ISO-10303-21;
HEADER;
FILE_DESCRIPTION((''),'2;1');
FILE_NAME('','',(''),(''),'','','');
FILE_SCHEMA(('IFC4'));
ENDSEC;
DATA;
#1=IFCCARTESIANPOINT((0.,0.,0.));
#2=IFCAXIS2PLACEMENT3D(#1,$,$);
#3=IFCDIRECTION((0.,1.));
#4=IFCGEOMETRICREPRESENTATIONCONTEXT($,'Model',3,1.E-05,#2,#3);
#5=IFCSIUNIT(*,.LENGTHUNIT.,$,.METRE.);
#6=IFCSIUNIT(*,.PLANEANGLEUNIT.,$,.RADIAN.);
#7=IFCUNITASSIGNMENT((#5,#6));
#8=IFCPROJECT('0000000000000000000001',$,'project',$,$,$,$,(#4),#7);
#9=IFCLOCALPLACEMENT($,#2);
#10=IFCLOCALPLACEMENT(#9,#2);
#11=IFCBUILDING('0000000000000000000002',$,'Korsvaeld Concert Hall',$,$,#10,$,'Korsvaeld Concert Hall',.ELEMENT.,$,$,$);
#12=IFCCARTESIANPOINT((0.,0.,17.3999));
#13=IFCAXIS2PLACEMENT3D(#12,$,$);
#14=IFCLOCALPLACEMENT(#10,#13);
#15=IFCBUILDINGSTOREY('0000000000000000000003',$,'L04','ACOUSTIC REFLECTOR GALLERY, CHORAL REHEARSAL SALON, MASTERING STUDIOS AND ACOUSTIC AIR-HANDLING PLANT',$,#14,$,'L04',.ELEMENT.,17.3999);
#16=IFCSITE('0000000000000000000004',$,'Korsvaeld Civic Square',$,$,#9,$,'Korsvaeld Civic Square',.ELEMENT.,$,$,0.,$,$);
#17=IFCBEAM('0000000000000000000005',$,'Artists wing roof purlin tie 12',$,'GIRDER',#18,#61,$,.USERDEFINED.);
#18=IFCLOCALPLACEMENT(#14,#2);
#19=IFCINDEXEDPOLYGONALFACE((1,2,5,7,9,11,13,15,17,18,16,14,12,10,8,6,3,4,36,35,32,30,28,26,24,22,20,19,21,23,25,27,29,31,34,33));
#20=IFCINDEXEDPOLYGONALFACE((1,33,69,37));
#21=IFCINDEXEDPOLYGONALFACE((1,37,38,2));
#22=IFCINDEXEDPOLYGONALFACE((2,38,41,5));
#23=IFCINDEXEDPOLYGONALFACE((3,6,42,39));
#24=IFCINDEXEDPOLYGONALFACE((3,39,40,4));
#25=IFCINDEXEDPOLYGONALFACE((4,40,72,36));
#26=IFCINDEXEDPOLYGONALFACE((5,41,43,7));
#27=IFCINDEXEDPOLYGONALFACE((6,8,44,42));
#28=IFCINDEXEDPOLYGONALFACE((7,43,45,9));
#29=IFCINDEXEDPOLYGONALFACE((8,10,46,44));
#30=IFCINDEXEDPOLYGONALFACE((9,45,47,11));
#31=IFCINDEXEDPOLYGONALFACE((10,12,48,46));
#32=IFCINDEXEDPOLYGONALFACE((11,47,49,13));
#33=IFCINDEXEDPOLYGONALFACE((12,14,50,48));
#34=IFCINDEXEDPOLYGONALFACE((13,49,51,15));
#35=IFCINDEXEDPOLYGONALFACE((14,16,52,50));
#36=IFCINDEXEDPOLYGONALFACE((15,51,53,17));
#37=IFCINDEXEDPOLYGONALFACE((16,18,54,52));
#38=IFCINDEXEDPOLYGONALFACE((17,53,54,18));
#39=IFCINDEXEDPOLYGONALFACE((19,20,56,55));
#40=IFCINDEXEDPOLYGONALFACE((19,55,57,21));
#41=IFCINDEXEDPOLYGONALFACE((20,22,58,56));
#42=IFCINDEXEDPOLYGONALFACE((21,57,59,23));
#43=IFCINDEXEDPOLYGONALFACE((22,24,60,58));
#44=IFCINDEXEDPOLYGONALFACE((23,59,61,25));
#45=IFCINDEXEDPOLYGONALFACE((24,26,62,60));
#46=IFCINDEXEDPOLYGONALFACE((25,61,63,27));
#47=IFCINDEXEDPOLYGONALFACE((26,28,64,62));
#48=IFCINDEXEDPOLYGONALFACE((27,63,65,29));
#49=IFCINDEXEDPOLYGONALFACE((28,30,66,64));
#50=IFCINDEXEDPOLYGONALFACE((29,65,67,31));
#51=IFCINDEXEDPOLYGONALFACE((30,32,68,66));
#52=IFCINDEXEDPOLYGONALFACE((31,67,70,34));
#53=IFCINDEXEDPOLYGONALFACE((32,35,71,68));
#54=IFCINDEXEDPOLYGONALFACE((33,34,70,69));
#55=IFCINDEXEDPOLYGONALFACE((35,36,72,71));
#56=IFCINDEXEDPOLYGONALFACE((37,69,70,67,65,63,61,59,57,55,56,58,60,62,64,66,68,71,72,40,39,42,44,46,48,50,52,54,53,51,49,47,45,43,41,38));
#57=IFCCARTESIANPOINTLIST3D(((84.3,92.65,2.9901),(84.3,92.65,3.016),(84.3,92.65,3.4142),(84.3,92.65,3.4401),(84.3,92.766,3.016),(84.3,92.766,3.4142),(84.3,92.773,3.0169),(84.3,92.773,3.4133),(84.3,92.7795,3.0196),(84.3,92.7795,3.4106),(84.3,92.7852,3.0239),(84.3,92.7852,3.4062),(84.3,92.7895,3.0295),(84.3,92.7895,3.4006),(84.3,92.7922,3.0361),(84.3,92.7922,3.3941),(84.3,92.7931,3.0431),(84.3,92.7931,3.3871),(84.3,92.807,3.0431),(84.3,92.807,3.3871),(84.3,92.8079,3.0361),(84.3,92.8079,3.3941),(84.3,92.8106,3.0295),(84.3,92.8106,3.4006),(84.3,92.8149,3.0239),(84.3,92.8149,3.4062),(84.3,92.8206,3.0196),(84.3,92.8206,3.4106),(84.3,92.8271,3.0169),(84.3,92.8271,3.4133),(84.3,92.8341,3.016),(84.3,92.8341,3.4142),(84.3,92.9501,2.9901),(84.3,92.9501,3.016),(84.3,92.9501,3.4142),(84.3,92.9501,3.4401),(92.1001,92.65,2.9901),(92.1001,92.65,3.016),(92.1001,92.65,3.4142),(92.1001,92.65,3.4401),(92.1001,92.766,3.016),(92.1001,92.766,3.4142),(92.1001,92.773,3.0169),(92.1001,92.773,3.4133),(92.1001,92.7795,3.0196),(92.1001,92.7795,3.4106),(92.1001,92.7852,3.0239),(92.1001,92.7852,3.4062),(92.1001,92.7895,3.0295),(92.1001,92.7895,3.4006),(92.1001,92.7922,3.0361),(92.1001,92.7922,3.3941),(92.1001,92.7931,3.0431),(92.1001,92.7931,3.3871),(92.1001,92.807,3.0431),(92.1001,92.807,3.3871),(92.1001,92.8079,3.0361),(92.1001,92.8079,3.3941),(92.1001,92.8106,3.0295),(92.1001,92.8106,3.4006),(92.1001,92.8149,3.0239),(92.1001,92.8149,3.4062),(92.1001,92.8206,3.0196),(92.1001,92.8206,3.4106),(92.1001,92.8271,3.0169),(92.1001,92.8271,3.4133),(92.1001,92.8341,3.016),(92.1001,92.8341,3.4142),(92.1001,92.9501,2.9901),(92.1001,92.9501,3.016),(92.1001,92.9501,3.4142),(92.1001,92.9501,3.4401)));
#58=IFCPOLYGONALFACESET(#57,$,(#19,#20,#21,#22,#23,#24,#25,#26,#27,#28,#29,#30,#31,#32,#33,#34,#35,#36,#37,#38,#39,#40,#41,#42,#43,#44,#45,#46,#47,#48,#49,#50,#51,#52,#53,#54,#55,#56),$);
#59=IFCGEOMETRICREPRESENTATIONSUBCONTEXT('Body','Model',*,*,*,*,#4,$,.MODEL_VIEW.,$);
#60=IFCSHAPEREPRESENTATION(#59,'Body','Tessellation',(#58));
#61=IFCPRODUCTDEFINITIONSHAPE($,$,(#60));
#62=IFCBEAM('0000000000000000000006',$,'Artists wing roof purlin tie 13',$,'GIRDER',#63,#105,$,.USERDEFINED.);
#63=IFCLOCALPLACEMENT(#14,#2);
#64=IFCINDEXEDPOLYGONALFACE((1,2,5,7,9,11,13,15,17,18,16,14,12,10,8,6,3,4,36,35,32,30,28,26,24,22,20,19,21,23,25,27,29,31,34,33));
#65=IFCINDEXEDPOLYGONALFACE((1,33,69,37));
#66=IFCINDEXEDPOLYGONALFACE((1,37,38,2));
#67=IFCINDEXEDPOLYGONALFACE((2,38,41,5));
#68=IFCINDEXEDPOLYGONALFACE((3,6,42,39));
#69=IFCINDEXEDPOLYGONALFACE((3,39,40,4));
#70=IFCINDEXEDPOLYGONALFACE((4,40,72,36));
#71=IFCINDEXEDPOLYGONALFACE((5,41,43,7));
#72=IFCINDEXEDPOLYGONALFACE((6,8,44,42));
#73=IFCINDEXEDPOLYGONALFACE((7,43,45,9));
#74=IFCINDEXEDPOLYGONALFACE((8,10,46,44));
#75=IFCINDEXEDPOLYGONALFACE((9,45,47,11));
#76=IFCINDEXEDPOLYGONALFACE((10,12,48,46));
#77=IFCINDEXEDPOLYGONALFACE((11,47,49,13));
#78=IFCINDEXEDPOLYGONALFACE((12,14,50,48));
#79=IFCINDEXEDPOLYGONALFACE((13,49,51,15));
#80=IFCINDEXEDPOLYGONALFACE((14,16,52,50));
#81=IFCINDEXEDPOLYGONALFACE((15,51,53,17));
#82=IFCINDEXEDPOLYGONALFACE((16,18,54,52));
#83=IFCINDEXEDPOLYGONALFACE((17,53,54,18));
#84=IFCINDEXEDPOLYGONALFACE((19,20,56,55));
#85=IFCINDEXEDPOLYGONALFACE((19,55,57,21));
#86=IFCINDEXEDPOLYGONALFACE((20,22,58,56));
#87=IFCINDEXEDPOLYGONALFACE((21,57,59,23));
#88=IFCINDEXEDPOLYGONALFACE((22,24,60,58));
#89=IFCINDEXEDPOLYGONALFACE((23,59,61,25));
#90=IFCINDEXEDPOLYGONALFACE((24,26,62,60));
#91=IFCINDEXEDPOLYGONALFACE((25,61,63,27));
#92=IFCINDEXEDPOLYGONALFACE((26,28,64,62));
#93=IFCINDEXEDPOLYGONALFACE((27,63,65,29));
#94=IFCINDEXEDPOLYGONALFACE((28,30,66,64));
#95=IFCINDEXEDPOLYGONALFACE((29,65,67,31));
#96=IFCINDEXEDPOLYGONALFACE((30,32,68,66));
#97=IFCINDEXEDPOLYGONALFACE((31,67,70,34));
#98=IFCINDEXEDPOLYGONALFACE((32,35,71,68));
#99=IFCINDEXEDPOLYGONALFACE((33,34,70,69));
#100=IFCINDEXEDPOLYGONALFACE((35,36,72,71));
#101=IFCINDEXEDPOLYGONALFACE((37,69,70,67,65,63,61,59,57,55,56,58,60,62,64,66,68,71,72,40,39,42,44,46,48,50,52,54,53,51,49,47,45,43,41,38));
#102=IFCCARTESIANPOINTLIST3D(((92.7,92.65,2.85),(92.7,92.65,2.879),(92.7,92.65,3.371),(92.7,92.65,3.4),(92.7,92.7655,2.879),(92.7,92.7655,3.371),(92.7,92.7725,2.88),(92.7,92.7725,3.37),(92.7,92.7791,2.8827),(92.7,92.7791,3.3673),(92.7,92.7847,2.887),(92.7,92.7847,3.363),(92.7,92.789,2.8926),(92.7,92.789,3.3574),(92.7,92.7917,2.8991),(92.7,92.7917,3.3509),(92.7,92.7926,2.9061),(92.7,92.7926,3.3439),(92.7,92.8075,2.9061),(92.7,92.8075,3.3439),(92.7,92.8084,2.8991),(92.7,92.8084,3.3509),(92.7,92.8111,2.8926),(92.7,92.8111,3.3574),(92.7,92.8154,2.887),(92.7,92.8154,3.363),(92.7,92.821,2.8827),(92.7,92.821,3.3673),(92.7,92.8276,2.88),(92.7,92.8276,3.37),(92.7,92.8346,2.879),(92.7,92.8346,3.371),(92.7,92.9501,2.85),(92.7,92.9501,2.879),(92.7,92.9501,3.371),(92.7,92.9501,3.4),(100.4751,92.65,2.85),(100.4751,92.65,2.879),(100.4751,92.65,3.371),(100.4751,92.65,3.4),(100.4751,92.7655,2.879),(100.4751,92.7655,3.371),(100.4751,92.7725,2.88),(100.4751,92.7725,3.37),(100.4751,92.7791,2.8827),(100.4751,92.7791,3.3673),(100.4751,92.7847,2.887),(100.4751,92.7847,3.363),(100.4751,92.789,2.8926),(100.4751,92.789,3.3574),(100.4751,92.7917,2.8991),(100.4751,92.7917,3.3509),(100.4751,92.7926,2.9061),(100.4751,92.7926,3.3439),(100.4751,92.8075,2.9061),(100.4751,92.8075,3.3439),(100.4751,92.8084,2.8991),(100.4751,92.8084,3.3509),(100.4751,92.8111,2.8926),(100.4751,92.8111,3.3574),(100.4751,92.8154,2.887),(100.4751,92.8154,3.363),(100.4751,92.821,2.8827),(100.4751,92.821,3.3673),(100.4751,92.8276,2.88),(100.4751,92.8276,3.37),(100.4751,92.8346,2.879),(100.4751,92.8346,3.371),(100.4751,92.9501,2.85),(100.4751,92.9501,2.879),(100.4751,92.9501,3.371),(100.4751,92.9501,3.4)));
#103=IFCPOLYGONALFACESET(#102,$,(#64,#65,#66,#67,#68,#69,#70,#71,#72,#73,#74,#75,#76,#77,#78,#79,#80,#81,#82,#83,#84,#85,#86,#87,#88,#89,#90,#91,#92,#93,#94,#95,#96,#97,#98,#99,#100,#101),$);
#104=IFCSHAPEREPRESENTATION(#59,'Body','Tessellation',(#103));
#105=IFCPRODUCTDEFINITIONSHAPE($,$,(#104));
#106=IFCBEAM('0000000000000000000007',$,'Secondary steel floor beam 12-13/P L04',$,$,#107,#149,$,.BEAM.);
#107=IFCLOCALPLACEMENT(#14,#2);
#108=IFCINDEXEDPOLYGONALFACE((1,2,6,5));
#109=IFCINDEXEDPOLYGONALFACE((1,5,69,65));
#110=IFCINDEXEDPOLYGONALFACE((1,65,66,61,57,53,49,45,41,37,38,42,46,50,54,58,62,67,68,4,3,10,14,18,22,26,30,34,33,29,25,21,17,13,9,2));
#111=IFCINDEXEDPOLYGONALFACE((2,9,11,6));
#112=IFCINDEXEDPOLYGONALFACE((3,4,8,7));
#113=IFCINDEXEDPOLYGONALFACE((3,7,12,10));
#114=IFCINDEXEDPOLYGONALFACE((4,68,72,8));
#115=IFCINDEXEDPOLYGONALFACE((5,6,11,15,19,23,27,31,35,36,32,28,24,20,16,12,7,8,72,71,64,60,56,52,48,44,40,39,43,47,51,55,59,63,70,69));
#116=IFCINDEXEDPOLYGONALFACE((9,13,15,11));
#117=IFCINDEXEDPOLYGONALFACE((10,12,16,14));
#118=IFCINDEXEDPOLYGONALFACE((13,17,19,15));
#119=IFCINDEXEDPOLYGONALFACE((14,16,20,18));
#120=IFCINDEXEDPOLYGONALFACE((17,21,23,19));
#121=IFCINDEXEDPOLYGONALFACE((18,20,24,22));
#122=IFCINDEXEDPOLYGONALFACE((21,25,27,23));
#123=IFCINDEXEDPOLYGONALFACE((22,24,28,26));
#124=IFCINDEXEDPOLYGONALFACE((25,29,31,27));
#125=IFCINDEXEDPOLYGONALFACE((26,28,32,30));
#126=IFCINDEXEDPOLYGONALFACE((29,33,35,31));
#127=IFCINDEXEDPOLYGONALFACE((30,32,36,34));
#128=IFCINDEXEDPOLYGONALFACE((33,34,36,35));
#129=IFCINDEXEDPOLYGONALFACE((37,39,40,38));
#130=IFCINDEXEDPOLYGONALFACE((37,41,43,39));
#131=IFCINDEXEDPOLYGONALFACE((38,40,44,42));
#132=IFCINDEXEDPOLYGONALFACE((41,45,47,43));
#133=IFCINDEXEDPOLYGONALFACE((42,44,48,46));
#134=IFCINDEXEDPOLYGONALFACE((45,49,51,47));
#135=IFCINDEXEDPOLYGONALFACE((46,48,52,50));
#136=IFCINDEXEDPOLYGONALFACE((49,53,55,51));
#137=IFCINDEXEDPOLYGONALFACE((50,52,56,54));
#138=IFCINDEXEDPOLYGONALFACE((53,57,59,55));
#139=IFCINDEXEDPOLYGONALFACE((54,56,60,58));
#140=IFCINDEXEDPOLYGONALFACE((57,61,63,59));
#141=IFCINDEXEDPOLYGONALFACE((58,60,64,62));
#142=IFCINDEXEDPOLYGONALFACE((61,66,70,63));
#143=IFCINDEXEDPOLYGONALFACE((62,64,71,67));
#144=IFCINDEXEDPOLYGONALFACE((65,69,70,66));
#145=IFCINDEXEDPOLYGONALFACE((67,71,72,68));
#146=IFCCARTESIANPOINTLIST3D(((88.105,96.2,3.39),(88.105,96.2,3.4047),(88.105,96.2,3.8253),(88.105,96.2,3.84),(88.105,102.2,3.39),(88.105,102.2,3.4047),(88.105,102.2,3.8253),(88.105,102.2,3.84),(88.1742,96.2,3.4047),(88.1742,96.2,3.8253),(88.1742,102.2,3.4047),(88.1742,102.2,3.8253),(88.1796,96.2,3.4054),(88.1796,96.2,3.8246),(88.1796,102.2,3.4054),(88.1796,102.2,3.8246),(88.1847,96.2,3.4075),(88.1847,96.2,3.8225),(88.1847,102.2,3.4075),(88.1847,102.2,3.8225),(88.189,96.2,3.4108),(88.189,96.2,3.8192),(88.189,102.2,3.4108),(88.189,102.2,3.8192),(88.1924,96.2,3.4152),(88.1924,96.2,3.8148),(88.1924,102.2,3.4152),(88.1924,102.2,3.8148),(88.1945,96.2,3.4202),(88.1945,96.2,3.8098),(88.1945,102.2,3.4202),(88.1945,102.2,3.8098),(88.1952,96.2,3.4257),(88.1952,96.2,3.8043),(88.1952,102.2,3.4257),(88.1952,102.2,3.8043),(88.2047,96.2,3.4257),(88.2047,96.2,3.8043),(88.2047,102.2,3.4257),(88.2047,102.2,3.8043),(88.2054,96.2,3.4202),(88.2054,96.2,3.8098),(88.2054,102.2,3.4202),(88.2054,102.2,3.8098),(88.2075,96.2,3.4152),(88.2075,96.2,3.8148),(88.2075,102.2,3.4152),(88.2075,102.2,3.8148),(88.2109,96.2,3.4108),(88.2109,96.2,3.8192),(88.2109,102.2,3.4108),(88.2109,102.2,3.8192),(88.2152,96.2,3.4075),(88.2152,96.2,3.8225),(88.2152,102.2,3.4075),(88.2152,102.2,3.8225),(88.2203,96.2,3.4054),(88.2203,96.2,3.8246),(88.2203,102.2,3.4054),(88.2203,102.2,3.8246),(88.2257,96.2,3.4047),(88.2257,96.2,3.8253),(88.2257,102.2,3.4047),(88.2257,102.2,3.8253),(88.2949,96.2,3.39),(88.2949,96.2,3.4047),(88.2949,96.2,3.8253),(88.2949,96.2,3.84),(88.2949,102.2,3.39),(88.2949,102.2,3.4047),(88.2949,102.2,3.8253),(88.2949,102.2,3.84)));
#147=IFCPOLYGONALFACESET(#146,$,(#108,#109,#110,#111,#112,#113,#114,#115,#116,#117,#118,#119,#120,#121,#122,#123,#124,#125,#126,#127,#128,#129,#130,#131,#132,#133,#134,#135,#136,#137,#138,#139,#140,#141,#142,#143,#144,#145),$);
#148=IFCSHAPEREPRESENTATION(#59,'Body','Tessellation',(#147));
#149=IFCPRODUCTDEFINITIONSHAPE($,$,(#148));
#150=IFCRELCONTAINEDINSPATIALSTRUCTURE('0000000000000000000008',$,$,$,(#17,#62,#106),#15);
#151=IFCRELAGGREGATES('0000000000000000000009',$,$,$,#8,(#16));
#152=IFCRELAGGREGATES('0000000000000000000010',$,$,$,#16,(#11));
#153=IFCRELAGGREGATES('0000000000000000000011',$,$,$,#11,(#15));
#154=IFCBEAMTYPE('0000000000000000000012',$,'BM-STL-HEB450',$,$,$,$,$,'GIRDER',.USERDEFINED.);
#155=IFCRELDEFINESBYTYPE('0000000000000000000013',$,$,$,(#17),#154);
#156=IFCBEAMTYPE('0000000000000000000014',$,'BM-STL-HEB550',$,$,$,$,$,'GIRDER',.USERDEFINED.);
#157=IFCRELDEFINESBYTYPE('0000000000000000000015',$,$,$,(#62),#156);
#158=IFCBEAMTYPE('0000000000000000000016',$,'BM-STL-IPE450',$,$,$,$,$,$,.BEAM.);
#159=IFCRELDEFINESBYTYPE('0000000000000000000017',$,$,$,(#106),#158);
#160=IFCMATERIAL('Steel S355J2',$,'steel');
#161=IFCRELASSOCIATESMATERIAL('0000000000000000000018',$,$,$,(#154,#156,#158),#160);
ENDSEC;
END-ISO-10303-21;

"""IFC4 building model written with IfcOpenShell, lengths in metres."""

from ifc_helpers import new_model, si_unit, direction, frame, origin, origin_2d, place, context, subcontext, project, spatial, i_section, extrude, material, material_profile, profile_set, type_object, element, save


model = new_model("IFC4")

# Units and contexts
model_context = context("Model", 3, precision=1e-05, world=origin(), true_north=direction((0.0, 1.0)))
body_context = subcontext(model_context, "Body", "Model", "MODEL_VIEW")
ifc_project = project(units=[si_unit("LENGTHUNIT", "METRE"), si_unit("PLANEANGLEUNIT", "RADIAN")], contexts=[model_context])

# Site, building, storey
site_placement = place(None, origin())
site = spatial("IfcSite", under=ifc_project, at=site_placement, Name="Korsvaeld Civic Square", LongName="Korsvaeld Civic Square", CompositionType="ELEMENT", RefElevation=0.0)
building_placement = place(site_placement, origin())
building = spatial("IfcBuilding", under=site, at=building_placement, Name="Korsvaeld Concert Hall", LongName="Korsvaeld Concert Hall", CompositionType="ELEMENT")
storey_placement = place(building_placement, frame((0.0, 0.0, 17.3999)))
storey = spatial("IfcBuildingStorey", under=building, at=storey_placement, Name="L04", Description="ACOUSTIC REFLECTOR GALLERY, CHORAL REHEARSAL SALON, MASTERING STUDIOS AND ACOUSTIC AIR-HANDLING PLANT", LongName="L04", CompositionType="ELEMENT", Elevation=17.3999)

# Beams
ifc_material_1 = material(Name="Steel S355J2", Category="steel")
ifc_material_profile_1 = material_profile(ifc_material_1, i_section(OverallWidth=0.3, OverallDepth=0.45, WebThickness=0.0139, FlangeThickness=0.0259, FilletRadius=0.0271, at=origin_2d()), Name="HEB 450")
ifc_profile_set_1 = profile_set([ifc_material_profile_1], Name="Steel S355J2")
beam_type_1 = type_object("IfcBeamType", Name="BM-STL-HEB450", ElementType="GIRDER", PredefinedType="USERDEFINED", material=ifc_profile_set_1)
beam_1_placement = place(storey_placement, frame((84.3, 92.8, 3.2151), z_axis=(1.0, 0.0, 0.0), x_axis=(0.0, 1.0, 0.0)))
element("IfcBeam", 1, at=beam_1_placement, inside=storey, type_object=beam_type_1, Name="Artists wing roof purlin tie 12", ObjectType="GIRDER", PredefinedType="USERDEFINED", context=body_context, shape_type="SweptSolid", body=[
    extrude(i_section(OverallWidth=0.3, OverallDepth=0.45, WebThickness=0.0139, FlangeThickness=0.0259, FilletRadius=0.0271, at=origin_2d()), origin(), (0.0, 0.0, 1.0), 7.8),
])
ifc_material_profile_2 = material_profile(ifc_material_1, i_section(OverallWidth=0.3, OverallDepth=0.55, WebThickness=0.0149, FlangeThickness=0.0291, FilletRadius=0.0271, at=origin_2d()), Name="HEB 550")
ifc_profile_set_2 = profile_set([ifc_material_profile_2], Name="Steel S355J2")
beam_type_2 = type_object("IfcBeamType", Name="BM-STL-HEB550", ElementType="GIRDER", PredefinedType="USERDEFINED", material=ifc_profile_set_2)
beam_2_placement = place(storey_placement, frame((92.7, 92.8, 3.125), z_axis=(1.0, 0.0, 0.0), x_axis=(0.0, 1.0, 0.0)))
element("IfcBeam", 2, at=beam_2_placement, inside=storey, type_object=beam_type_2, Name="Artists wing roof purlin tie 13", ObjectType="GIRDER", PredefinedType="USERDEFINED", context=body_context, shape_type="SweptSolid", body=[
    extrude(i_section(OverallWidth=0.3, OverallDepth=0.55, WebThickness=0.0149, FlangeThickness=0.0291, FilletRadius=0.0271, at=origin_2d()), origin(), (0.0, 0.0, 1.0), 7.7751),
])
ifc_material_profile_3 = material_profile(ifc_material_1, i_section(OverallWidth=0.1899, OverallDepth=0.45, WebThickness=0.0095, FlangeThickness=0.0146, FilletRadius=0.021, at=origin_2d()), Name="IPE 450")
ifc_profile_set_3 = profile_set([ifc_material_profile_3], Name="Steel S355J2")
beam_type_3 = type_object("IfcBeamType", Name="BM-STL-IPE450", PredefinedType="BEAM", material=ifc_profile_set_3)
beam_3_placement = place(storey_placement, frame((88.2, 96.2, 3.615), z_axis=(0.0, 1.0, 0.0), x_axis=(-1.0, 0.0, 0.0)))
element("IfcBeam", 3, at=beam_3_placement, inside=storey, type_object=beam_type_3, Name="Secondary steel floor beam 12-13/P L04", PredefinedType="BEAM", context=body_context, shape_type="SweptSolid", body=[
    extrude(i_section(OverallWidth=0.1899, OverallDepth=0.45, WebThickness=0.0095, FlangeThickness=0.0146, FilletRadius=0.021, at=origin_2d()), origin(), (0.0, 0.0, 1.0), 6.0),
])

save(model, "model.ifc")
